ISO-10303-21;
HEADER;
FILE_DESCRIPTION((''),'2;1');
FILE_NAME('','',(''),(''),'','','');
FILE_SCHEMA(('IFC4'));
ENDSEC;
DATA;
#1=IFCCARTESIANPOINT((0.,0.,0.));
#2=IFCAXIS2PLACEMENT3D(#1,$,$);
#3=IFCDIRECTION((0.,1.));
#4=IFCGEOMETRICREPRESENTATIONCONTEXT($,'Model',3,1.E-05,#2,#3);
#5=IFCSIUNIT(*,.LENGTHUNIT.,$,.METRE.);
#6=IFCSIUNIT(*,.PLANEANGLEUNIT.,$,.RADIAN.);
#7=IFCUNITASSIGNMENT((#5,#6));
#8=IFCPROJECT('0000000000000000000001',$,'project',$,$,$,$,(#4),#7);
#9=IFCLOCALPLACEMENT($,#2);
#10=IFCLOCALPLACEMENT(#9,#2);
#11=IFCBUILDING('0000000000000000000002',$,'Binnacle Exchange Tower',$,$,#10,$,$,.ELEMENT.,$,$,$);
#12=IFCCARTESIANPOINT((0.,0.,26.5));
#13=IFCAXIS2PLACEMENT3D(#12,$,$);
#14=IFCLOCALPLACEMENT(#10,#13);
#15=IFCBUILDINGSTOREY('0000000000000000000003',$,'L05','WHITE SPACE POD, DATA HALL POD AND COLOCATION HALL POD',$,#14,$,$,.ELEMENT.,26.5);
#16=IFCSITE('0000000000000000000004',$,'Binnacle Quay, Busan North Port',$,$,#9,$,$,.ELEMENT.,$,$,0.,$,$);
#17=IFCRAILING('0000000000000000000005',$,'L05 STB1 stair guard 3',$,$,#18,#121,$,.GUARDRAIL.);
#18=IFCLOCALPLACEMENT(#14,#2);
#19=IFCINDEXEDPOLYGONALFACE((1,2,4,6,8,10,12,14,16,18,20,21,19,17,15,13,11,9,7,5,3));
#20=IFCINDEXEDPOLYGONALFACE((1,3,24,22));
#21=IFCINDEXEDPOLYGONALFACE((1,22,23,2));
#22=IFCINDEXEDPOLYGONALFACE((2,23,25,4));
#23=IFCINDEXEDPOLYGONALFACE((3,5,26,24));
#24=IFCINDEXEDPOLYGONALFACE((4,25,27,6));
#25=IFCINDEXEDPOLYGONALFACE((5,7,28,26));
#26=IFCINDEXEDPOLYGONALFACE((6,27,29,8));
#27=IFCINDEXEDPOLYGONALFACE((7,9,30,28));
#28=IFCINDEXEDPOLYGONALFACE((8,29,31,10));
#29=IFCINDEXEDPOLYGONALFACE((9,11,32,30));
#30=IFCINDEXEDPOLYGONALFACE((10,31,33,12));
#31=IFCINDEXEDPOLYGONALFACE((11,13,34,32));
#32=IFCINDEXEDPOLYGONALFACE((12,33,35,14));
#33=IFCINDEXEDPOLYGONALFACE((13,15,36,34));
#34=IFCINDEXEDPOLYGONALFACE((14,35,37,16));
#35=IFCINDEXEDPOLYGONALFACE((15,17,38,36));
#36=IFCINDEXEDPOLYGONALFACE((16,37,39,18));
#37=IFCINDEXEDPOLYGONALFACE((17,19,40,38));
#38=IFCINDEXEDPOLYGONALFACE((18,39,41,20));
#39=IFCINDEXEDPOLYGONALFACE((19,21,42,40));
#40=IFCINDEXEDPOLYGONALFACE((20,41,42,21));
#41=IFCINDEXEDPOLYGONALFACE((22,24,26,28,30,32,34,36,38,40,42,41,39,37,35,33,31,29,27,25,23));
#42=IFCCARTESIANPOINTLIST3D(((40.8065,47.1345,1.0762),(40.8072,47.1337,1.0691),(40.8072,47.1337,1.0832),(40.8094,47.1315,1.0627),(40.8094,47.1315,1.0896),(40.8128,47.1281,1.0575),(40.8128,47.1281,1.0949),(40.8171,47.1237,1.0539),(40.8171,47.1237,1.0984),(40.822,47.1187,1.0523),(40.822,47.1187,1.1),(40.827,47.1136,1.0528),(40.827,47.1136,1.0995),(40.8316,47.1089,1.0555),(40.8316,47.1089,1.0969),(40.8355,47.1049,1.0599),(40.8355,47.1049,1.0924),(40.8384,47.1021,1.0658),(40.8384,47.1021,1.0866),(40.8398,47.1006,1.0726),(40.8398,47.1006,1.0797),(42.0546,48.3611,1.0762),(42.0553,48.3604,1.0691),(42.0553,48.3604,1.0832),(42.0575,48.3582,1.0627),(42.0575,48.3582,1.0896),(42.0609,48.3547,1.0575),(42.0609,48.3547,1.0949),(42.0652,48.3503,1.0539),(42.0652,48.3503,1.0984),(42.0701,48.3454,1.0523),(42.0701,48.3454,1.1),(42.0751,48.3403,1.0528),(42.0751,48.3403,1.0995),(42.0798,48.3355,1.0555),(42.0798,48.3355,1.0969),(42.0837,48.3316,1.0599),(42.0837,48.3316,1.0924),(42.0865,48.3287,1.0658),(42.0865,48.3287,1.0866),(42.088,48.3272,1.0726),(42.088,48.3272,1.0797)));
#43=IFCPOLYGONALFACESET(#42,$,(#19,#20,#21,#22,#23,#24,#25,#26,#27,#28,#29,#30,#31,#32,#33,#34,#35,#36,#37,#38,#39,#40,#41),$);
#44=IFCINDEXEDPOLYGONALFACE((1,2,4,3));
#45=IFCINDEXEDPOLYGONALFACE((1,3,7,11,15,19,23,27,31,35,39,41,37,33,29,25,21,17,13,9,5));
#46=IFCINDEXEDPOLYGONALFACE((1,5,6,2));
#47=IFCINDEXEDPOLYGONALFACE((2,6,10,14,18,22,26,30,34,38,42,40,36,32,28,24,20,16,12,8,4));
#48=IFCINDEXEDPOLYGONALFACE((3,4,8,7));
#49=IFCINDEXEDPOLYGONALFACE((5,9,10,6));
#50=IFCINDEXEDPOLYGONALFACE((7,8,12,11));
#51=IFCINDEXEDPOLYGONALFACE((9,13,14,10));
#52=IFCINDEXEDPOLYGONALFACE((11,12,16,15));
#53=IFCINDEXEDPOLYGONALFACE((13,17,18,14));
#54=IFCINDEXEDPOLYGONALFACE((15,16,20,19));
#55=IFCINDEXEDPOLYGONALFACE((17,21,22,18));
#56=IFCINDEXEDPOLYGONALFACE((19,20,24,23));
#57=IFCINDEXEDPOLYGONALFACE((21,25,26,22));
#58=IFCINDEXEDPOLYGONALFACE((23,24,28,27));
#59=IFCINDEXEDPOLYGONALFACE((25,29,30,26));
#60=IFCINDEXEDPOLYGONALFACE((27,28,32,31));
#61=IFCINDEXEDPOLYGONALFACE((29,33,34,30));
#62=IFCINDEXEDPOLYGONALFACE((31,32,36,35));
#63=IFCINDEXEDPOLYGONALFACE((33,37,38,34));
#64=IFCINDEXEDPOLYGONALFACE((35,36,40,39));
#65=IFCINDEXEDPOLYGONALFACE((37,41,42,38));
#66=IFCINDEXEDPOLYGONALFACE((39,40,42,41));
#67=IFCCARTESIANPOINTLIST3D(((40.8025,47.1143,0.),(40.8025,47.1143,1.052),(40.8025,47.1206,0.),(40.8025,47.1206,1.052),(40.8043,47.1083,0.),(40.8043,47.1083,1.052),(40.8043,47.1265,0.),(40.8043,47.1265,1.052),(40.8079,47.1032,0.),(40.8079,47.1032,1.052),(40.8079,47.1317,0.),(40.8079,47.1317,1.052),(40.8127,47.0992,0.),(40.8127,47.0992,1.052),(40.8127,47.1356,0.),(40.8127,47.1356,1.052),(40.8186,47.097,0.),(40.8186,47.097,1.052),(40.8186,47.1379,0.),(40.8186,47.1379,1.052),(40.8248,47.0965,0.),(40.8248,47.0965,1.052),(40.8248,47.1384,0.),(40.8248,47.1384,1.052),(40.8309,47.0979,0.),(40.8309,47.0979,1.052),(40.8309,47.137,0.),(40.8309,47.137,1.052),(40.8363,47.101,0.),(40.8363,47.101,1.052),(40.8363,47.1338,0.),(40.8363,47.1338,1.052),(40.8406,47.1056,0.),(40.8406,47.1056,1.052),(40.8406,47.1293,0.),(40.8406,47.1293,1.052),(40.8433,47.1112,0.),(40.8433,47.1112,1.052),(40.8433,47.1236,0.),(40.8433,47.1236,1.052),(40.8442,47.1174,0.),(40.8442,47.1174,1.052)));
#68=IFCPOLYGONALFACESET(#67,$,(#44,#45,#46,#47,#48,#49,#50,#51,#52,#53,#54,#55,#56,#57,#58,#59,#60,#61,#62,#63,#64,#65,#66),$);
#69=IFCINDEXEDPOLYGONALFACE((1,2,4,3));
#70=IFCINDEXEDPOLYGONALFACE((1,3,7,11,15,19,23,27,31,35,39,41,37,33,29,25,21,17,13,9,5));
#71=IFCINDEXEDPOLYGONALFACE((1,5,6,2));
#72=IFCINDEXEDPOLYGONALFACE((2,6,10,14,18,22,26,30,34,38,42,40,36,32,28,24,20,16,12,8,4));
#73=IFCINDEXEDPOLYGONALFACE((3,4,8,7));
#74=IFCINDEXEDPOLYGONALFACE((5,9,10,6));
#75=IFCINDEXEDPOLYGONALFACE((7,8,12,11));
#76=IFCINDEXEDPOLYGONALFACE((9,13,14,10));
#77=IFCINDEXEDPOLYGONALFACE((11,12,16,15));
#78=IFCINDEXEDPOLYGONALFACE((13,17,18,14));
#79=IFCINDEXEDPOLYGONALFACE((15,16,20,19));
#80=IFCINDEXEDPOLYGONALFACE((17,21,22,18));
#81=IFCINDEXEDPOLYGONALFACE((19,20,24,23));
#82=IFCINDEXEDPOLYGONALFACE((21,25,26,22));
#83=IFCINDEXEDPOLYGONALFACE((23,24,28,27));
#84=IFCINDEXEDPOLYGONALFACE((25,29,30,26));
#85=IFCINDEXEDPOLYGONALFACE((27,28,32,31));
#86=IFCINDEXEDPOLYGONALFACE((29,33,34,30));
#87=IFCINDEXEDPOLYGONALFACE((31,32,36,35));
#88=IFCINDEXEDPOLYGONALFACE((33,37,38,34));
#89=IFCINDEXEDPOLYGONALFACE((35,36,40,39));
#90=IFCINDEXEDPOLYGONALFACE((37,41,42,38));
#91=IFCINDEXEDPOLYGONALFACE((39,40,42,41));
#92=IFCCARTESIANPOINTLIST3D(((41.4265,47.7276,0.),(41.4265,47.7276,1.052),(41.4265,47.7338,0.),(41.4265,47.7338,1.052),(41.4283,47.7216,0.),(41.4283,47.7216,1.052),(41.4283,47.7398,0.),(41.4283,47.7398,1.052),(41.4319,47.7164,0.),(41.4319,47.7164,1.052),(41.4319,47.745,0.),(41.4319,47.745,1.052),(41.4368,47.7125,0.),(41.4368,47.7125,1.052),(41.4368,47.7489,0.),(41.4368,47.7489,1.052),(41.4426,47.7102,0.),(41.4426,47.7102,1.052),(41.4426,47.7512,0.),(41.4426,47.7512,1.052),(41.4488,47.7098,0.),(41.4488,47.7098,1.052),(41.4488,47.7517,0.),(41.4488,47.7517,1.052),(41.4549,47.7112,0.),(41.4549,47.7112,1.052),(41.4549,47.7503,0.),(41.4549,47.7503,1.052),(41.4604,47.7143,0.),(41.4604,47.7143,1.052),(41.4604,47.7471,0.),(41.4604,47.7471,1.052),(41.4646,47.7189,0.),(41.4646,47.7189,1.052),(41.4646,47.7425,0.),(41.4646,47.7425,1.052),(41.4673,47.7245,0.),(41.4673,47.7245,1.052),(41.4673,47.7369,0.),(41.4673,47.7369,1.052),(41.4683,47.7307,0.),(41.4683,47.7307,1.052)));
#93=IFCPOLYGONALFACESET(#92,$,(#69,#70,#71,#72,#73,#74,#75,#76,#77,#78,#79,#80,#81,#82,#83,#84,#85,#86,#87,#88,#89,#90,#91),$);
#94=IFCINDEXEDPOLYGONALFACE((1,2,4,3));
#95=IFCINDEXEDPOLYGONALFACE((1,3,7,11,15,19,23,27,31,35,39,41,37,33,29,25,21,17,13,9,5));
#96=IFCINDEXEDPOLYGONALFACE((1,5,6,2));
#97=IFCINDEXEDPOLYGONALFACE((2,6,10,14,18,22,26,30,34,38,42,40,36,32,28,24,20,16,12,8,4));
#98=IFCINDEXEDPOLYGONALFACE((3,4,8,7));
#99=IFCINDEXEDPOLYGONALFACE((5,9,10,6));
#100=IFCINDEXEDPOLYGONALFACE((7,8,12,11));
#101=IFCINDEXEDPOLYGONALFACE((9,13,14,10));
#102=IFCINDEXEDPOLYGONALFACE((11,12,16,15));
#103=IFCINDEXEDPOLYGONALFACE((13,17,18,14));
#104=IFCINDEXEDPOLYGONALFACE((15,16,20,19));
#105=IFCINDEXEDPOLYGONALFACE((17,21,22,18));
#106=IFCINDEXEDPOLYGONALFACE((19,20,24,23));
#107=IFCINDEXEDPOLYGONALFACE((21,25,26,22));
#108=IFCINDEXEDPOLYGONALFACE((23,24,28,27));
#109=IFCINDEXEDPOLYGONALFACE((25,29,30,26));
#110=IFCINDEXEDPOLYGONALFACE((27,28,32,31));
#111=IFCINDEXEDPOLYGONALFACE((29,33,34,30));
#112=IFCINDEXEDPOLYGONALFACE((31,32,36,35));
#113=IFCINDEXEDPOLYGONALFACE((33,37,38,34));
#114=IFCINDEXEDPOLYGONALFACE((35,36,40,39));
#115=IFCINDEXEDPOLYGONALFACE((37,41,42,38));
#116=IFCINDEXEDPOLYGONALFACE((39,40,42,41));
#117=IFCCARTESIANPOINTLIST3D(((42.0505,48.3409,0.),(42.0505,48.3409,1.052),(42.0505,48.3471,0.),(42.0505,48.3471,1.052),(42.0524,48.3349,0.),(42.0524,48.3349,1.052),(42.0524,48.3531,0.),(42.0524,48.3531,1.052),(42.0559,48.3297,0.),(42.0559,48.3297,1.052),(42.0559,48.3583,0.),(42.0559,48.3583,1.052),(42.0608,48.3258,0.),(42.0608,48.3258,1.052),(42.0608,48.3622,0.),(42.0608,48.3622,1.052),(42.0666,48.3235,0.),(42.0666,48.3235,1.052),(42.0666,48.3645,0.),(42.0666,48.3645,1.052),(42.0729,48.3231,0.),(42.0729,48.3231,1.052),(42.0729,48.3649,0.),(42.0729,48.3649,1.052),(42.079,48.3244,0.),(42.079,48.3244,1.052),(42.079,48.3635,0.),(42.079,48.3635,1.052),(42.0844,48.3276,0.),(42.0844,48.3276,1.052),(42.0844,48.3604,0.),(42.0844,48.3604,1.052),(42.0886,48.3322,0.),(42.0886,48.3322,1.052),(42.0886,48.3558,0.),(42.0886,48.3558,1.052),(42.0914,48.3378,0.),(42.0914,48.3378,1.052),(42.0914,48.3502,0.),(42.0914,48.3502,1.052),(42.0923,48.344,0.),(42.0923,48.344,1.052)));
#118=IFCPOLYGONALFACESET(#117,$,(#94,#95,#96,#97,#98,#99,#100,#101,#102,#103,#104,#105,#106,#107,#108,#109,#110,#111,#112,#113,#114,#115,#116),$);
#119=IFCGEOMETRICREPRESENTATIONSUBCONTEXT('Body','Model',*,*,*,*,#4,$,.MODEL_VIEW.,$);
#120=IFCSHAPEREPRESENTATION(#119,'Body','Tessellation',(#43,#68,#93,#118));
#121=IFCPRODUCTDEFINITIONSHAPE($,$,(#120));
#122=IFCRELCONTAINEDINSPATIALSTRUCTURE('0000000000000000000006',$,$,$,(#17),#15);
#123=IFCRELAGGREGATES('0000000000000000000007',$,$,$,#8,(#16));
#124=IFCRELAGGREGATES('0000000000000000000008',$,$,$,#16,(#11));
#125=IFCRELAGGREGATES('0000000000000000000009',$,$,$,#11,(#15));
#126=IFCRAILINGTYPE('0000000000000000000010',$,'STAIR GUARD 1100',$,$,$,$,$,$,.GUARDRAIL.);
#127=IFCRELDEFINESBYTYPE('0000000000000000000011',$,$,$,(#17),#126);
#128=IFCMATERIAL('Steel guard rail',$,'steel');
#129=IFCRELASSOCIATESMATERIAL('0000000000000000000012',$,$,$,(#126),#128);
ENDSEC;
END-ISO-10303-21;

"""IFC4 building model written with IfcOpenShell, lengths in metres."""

from ifc_helpers import new_model, si_unit, direction, frame, origin, origin_2d, place, context, subcontext, project, spatial, circle, extrude, material, type_object, element, save


model = new_model("IFC4")

# Units and contexts
model_context = context("Model", 3, precision=1e-05, world=origin(), true_north=direction((0.0, 1.0)))
body_context = subcontext(model_context, "Body", "Model", "MODEL_VIEW")
ifc_project = project(units=[si_unit("LENGTHUNIT", "METRE"), si_unit("PLANEANGLEUNIT", "RADIAN")], contexts=[model_context])

# Site, building, storey
site_placement = place(None, origin())
site = spatial("IfcSite", under=ifc_project, at=site_placement, Name="Binnacle Quay, Busan North Port", CompositionType="ELEMENT", RefElevation=0.0)
building_placement = place(site_placement, origin())
building = spatial("IfcBuilding", under=site, at=building_placement, Name="Binnacle Exchange Tower", CompositionType="ELEMENT")
storey_placement = place(building_placement, frame((0.0, 0.0, 26.5)))
storey = spatial("IfcBuildingStorey", under=building, at=storey_placement, Name="L05", Description="WHITE SPACE POD, DATA HALL POD AND COLOCATION HALL POD", CompositionType="ELEMENT", Elevation=26.5)

# Railing
ifc_material_1 = material(Name="Steel guard rail", Category="steel")
railing_type_1 = type_object("IfcRailingType", Name="STAIR GUARD 1100", PredefinedType="GUARDRAIL", material=ifc_material_1)
railing_1_placement = place(storey_placement, frame((40.8232, 47.1174, 0.0)))
element("IfcRailing", 1, at=railing_1_placement, inside=storey, type_object=railing_type_1, Name="L05 STB1 stair guard 3", PredefinedType="GUARDRAIL", context=body_context, shape_type="SweptSolid", body=[
    extrude(circle(Radius=0.0239, at=origin_2d()), frame((0.0, 0.0, 1.0762), z_axis=(0.713219, 0.700941, 0.0), x_axis=(-0.700941, 0.713219, 0.0)), (0.0, 0.0, 1.0), 1.75),
    extrude(circle(Radius=0.021, at=origin_2d()), origin(), (0.0, 0.0, 1.0), 1.052),
    extrude(circle(Radius=0.021, at=origin_2d()), frame((0.624, 0.6133, 0.0)), (0.0, 0.0, 1.0), 1.052),
    extrude(circle(Radius=0.021, at=origin_2d()), frame((1.248, 1.2266, 0.0)), (0.0, 0.0, 1.0), 1.052),
])

save(model, "model.ifc")
